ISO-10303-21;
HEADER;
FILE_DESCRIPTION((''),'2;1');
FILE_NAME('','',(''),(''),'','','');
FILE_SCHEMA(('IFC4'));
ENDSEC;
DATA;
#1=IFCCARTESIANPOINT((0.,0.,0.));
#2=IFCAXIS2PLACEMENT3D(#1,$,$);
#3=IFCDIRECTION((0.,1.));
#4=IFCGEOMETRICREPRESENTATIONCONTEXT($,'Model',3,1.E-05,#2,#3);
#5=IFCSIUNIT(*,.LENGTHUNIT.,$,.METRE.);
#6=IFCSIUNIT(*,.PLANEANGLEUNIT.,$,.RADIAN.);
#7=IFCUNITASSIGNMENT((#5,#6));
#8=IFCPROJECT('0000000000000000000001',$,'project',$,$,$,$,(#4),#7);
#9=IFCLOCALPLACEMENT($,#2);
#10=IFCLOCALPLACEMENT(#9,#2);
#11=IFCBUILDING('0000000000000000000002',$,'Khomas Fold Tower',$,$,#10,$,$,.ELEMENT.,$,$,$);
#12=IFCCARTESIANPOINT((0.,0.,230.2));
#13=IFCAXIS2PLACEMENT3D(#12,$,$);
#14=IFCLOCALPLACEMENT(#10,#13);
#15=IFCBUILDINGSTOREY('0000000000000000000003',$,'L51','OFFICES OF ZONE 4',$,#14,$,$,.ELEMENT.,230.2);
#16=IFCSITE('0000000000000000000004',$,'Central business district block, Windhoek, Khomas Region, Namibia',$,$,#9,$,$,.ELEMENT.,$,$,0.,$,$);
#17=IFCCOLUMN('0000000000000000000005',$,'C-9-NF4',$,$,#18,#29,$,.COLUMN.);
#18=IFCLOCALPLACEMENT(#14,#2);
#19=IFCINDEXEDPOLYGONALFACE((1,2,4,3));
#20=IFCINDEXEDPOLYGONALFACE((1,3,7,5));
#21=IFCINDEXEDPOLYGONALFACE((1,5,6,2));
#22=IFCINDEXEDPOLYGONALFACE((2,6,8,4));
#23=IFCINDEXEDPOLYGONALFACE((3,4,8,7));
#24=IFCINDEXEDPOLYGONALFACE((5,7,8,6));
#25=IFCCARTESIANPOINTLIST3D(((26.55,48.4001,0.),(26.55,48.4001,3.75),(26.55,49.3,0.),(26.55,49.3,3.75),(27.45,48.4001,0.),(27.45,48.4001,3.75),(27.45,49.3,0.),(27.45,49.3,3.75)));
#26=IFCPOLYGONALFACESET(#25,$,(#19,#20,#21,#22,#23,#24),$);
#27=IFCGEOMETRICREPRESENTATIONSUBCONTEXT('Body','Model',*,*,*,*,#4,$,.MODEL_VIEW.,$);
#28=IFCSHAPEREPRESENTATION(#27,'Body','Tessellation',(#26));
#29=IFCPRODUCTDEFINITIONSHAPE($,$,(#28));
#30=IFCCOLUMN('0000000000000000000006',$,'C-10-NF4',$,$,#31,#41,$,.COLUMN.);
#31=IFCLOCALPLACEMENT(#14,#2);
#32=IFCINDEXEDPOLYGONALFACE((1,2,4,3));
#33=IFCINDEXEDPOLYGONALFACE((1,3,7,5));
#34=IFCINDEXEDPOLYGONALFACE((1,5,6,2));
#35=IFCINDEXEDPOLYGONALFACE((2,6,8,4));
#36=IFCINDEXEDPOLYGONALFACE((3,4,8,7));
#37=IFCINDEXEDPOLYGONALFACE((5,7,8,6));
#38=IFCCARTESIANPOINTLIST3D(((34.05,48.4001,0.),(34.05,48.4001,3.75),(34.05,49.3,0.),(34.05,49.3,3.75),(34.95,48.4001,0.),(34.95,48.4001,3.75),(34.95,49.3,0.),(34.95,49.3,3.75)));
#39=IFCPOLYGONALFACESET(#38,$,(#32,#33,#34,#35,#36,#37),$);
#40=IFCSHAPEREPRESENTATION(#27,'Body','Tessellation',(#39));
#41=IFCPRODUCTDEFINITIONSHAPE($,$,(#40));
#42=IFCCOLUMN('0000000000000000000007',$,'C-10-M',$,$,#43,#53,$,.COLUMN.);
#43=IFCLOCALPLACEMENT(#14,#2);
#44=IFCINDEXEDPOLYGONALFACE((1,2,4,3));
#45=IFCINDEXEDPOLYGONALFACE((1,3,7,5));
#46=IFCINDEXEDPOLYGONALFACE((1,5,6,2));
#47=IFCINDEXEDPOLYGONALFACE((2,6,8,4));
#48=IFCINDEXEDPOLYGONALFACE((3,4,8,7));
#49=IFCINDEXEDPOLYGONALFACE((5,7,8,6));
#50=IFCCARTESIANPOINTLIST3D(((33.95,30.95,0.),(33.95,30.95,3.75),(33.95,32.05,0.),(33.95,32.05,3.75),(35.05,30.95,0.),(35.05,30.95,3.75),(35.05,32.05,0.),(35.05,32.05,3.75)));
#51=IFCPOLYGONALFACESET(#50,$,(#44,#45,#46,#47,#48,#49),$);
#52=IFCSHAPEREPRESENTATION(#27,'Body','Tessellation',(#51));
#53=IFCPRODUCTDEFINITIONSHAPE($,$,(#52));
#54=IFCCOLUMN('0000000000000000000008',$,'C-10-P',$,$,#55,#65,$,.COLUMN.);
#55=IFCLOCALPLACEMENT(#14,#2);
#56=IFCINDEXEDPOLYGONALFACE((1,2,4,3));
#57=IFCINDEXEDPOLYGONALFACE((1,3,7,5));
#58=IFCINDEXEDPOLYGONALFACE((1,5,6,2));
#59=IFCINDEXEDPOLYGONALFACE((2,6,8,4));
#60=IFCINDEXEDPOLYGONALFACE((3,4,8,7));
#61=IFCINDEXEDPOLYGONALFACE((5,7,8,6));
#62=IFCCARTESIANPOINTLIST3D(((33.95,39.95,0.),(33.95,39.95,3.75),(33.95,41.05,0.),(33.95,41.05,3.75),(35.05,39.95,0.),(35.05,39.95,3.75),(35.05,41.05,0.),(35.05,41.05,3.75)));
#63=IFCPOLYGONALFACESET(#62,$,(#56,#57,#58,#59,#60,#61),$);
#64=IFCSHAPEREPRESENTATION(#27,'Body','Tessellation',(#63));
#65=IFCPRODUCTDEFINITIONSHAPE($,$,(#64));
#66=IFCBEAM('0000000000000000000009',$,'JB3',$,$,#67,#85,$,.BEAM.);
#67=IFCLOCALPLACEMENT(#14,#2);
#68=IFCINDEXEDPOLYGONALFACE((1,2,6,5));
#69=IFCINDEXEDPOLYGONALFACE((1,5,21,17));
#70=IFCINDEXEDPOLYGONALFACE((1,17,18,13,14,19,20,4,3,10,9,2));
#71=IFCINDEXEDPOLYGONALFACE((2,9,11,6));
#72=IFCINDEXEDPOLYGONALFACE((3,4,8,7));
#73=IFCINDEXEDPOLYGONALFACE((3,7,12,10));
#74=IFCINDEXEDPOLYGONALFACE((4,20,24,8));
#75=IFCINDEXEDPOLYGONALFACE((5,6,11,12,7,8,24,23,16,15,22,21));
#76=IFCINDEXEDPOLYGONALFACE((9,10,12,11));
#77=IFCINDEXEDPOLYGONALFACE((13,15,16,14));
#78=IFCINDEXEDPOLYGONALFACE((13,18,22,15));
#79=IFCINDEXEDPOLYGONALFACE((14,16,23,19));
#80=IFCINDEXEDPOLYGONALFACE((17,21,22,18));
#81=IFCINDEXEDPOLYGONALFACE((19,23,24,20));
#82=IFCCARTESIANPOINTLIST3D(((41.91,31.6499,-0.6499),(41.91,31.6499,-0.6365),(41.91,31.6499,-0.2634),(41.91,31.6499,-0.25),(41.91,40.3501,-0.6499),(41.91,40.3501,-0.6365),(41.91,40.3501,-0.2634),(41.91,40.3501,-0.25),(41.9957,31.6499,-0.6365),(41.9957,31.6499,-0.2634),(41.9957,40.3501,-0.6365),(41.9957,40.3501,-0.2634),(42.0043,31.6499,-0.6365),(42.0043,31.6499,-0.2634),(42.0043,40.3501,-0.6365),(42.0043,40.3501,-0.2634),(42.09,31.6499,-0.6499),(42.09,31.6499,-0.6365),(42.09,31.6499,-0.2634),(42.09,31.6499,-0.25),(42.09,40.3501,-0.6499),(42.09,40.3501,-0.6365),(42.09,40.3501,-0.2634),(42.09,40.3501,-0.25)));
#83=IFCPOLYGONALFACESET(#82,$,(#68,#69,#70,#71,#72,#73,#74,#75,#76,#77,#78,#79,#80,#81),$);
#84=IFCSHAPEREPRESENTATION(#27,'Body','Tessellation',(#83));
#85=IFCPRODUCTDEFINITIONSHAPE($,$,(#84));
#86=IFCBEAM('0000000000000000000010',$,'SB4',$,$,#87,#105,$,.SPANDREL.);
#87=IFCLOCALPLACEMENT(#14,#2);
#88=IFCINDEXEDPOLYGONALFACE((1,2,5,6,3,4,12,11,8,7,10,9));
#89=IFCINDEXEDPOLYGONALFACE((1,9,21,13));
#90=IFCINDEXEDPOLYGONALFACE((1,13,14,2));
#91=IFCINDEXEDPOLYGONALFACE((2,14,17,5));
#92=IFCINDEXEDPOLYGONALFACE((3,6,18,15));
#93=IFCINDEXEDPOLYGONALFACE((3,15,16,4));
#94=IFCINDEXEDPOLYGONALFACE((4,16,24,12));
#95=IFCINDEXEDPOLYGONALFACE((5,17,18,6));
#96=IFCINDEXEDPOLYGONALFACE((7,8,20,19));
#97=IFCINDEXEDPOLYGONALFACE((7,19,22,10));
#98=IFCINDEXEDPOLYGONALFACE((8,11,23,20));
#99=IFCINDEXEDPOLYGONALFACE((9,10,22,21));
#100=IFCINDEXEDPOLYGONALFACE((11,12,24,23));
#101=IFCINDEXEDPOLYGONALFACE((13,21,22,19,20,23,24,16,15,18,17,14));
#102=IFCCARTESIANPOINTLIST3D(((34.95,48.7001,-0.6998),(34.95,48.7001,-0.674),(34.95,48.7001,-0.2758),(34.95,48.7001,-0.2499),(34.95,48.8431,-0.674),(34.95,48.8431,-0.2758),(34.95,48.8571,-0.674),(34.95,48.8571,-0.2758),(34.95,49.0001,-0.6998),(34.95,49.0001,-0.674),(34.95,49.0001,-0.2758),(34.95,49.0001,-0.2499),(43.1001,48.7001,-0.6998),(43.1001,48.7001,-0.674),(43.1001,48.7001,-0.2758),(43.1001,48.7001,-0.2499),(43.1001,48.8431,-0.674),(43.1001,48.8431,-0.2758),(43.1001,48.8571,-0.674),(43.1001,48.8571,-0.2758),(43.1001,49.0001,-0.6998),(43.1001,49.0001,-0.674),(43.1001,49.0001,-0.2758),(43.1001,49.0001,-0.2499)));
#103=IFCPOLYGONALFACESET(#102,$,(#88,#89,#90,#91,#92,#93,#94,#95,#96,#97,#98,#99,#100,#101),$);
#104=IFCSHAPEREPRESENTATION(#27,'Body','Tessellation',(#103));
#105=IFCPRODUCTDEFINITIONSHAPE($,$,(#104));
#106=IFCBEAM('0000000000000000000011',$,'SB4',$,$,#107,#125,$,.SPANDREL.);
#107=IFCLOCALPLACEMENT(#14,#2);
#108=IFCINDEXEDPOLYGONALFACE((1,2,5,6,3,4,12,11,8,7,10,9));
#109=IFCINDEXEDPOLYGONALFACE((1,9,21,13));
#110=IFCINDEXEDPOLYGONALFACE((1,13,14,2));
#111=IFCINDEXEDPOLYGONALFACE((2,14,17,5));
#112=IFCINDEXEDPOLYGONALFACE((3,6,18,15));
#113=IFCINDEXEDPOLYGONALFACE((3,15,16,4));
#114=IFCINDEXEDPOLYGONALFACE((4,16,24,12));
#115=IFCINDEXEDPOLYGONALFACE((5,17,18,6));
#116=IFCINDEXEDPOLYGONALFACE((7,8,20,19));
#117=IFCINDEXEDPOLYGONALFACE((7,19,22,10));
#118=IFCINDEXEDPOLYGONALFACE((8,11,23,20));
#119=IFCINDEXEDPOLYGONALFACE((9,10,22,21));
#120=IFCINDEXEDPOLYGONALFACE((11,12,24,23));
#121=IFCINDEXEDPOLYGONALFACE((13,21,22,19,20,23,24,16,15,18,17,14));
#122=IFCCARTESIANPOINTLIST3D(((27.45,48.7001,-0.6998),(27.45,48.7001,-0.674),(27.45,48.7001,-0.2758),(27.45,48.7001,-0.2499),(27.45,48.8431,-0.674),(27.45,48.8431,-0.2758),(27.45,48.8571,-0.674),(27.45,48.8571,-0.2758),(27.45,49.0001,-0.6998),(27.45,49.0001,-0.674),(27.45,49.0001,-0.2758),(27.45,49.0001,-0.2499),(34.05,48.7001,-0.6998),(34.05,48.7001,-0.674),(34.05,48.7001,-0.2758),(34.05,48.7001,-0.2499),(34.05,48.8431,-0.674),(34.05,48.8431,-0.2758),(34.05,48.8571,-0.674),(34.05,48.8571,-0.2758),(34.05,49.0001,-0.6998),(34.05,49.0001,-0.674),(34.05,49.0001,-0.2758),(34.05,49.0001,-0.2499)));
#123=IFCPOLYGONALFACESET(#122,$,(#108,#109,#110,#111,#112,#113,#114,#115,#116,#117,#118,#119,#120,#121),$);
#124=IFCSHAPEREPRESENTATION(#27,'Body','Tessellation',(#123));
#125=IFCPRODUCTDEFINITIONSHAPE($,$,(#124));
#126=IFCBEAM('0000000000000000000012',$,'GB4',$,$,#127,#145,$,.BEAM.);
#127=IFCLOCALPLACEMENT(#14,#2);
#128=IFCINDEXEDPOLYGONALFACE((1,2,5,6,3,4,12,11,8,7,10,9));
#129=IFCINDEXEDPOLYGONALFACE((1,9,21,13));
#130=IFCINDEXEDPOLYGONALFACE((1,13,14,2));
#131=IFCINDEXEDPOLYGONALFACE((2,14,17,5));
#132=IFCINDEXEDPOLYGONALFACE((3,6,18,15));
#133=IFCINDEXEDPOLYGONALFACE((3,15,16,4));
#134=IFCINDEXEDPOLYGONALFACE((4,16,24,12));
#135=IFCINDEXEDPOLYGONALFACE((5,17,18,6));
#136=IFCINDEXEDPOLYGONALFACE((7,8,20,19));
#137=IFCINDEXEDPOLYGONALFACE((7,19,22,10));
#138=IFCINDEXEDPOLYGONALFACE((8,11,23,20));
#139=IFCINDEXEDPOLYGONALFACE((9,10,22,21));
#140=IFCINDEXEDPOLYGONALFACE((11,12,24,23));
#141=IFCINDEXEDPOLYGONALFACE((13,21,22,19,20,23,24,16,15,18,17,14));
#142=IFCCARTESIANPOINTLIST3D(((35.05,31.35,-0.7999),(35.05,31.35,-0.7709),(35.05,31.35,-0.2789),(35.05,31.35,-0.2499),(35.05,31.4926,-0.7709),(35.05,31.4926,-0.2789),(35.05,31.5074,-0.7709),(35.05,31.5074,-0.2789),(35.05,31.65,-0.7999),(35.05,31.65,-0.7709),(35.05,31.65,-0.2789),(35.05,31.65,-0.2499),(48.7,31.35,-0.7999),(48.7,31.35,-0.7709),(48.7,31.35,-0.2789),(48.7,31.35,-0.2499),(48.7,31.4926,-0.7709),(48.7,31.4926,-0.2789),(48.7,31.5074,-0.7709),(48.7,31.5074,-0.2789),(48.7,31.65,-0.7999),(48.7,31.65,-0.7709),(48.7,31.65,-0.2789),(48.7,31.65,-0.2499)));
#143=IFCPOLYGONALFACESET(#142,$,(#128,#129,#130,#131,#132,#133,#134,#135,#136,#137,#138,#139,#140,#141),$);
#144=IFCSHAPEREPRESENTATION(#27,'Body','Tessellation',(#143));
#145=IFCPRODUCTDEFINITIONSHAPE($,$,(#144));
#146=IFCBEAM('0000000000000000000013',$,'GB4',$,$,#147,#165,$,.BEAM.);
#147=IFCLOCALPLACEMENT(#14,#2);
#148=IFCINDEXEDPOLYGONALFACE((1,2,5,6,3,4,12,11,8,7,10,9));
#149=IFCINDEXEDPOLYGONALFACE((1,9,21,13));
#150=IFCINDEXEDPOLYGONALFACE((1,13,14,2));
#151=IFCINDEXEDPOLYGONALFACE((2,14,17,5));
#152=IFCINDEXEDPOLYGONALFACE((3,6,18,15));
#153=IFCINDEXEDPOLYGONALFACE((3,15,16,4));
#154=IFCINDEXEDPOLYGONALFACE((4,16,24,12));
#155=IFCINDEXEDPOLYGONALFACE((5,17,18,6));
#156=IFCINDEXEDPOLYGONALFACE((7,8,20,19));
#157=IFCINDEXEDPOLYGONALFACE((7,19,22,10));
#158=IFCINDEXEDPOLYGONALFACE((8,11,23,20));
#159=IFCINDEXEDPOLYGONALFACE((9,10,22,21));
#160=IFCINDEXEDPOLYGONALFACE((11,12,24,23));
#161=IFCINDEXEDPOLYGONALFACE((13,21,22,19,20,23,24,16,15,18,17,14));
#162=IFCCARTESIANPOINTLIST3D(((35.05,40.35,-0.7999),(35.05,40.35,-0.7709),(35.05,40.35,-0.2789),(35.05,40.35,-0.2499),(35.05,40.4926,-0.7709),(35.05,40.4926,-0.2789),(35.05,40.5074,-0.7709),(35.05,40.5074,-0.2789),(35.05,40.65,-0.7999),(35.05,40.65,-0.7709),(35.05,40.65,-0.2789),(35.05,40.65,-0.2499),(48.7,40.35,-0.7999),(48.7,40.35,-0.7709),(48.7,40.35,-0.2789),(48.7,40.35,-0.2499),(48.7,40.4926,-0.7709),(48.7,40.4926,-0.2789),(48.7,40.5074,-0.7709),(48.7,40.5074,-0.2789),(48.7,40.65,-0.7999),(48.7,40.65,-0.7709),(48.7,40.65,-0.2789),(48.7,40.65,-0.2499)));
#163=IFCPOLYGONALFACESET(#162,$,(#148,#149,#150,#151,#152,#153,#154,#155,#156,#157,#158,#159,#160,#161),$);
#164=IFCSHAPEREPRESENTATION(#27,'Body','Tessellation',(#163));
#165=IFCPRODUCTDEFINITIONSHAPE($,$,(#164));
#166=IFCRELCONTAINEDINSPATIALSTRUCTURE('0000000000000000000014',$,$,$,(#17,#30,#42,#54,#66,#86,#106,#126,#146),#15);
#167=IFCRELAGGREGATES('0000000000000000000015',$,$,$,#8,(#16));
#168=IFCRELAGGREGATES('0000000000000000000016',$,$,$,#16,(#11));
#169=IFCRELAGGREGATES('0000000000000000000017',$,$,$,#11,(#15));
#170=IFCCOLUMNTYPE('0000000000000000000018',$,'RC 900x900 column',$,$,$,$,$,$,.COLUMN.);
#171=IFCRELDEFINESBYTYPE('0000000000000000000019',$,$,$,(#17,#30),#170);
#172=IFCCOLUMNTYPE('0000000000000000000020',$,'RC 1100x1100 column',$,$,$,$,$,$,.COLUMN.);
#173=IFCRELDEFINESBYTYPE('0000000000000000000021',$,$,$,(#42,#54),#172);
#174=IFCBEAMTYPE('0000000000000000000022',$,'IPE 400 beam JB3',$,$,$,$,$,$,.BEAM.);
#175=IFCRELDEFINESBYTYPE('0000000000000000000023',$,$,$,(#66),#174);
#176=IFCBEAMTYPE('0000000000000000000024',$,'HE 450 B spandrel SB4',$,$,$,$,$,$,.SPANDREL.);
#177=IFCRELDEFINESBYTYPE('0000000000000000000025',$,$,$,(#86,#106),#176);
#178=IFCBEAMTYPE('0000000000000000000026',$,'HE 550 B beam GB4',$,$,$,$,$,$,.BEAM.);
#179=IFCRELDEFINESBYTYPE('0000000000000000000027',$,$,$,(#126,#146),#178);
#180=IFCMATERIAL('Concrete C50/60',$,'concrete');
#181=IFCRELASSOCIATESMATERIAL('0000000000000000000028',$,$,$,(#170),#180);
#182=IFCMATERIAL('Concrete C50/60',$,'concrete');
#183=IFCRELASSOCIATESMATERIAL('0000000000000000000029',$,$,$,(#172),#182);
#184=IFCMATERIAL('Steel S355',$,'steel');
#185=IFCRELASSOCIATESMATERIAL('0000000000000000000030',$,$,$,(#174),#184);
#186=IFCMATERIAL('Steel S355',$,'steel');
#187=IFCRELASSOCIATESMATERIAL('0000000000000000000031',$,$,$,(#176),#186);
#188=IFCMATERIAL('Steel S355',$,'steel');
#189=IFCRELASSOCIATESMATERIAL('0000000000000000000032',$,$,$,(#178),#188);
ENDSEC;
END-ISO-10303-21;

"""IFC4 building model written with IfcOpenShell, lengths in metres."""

from ifc_helpers import new_model, si_unit, direction, frame, origin, origin_2d, place, context, subcontext, project, spatial, rectangle, i_section, extrude, source, transform, mapped, material, material_profile, profile_set, type_object, element, save


model = new_model("IFC4")

# Units and contexts
model_context = context("Model", 3, precision=1e-05, world=origin(), true_north=direction((0.0, 1.0)))
body_context = subcontext(model_context, "Body", "Model", "MODEL_VIEW")
ifc_project = project(units=[si_unit("LENGTHUNIT", "METRE"), si_unit("PLANEANGLEUNIT", "RADIAN")], contexts=[model_context])

# Site, building, storey
site_placement = place(None, origin())
site = spatial("IfcSite", under=ifc_project, at=site_placement, Name="Central business district block, Windhoek, Khomas Region, Namibia", CompositionType="ELEMENT", RefElevation=0.0)
building_placement = place(site_placement, origin())
building = spatial("IfcBuilding", under=site, at=building_placement, Name="Khomas Fold Tower", CompositionType="ELEMENT")
storey_placement = place(building_placement, frame((0.0, 0.0, 230.2)))
storey = spatial("IfcBuildingStorey", under=building, at=storey_placement, Name="L51", Description="OFFICES OF ZONE 4", CompositionType="ELEMENT", Elevation=230.2)

# Columns
ifc_material_1 = material(Name="Concrete C50/60", Category="concrete")
ifc_material_profile_1 = material_profile(ifc_material_1, rectangle(XDim=0.8999, YDim=0.8999, at=origin_2d()), Name="RC 900x900")
ifc_profile_set_1 = profile_set([ifc_material_profile_1], Name="Concrete C50/60")
column_type_1 = type_object("IfcColumnType", Name="RC 900x900 column", PredefinedType="COLUMN", material=ifc_profile_set_1)
shared_shape_1 = source(origin(), body_context, "Body", "SweptSolid", [
    extrude(rectangle(XDim=0.8999, YDim=0.8999, at=origin_2d()), origin(), (0.0, 0.0, 1.0), 3.75),
])
for number, where, z_axis, x_axis, name in (
    (1, (27.0, 48.8501, 0.0), (0.0, 0.0, 1.0), (1.0, 0.0, 0.0), "C-9-NF4"),
    (2, (34.5, 48.8501, 0.0), (0.0, 0.0, 1.0), (1.0, 0.0, 0.0), "C-10-NF4"),
):
    element("IfcColumn", number, at=place(storey_placement, frame(where, z_axis=z_axis, x_axis=x_axis)), inside=storey, type_object=column_type_1, Name=name, PredefinedType="COLUMN", context=body_context, shape_type="MappedRepresentation", body=[
        mapped(shared_shape_1, transform((0.0, 0.0, 0.0))),
    ])
ifc_material_2 = material(Name="Concrete C50/60", Category="concrete")
ifc_material_profile_2 = material_profile(ifc_material_2, rectangle(XDim=1.1001, YDim=1.1001, at=origin_2d()), Name="RC 1100x1100")
ifc_profile_set_2 = profile_set([ifc_material_profile_2], Name="Concrete C50/60")
column_type_2 = type_object("IfcColumnType", Name="RC 1100x1100 column", PredefinedType="COLUMN", material=ifc_profile_set_2)
shared_shape_2 = source(origin(), body_context, "Body", "SweptSolid", [
    extrude(rectangle(XDim=1.1001, YDim=1.1001, at=origin_2d()), origin(), (0.0, 0.0, 1.0), 3.75),
])
for number, where, z_axis, x_axis, name in (
    (3, (34.5, 31.5, 0.0), (0.0, 0.0, 1.0), (1.0, 0.0, 0.0), "C-10-M"),
    (4, (34.5, 40.5, 0.0), (0.0, 0.0, 1.0), (1.0, 0.0, 0.0), "C-10-P"),
):
    element("IfcColumn", number, at=place(storey_placement, frame(where, z_axis=z_axis, x_axis=x_axis)), inside=storey, type_object=column_type_2, Name=name, PredefinedType="COLUMN", context=body_context, shape_type="MappedRepresentation", body=[
        mapped(shared_shape_2, transform((0.0, 0.0, 0.0))),
    ])

# Beams
ifc_material_3 = material(Name="Steel S355", Category="steel")
ifc_material_profile_3 = material_profile(ifc_material_3, i_section(OverallWidth=0.1799, OverallDepth=0.3999, WebThickness=0.0085, FlangeThickness=0.0134, at=origin_2d()), Name="IPE 400")
ifc_profile_set_3 = profile_set([ifc_material_profile_3], Name="Steel S355")
beam_type_1 = type_object("IfcBeamType", Name="IPE 400 beam JB3", PredefinedType="BEAM", material=ifc_profile_set_3)
shared_shape_3 = source(origin(), body_context, "Body", "SweptSolid", [
    extrude(i_section(OverallWidth=0.1799, OverallDepth=0.3999, WebThickness=0.0085, FlangeThickness=0.0134, at=origin_2d()), origin(), (0.0, 0.0, 1.0), 8.7002),
])
beam_1_placement = place(storey_placement, frame((42.0, 31.6499, -0.45), z_axis=(0.0, 1.0, 0.0), x_axis=(-1.0, 0.0, 0.0)))
element("IfcBeam", 5, at=beam_1_placement, inside=storey, type_object=beam_type_1, Name="JB3", PredefinedType="BEAM", context=body_context, shape_type="MappedRepresentation", body=[
    mapped(shared_shape_3, transform((0.0, 0.0, 0.0))),
])
ifc_material_4 = material(Name="Steel S355", Category="steel")
ifc_material_profile_4 = material_profile(ifc_material_4, i_section(OverallWidth=0.3, OverallDepth=0.45, WebThickness=0.0139, FlangeThickness=0.0259, at=origin_2d()), Name="HE 450 B")
ifc_profile_set_4 = profile_set([ifc_material_profile_4], Name="Steel S355")
beam_type_2 = type_object("IfcBeamType", Name="HE 450 B spandrel SB4", PredefinedType="SPANDREL", material=ifc_profile_set_4)
shared_shape_4 = source(origin(), body_context, "Body", "SweptSolid", [
    extrude(i_section(OverallWidth=0.3, OverallDepth=0.45, WebThickness=0.0139, FlangeThickness=0.0259, at=origin_2d()), origin(), (0.0, 0.0, 1.0), 8.1501),
])
beam_2_placement = place(storey_placement, frame((34.95, 48.8501, -0.4749), z_axis=(1.0, 0.0, 0.0), x_axis=(0.0, 1.0, 0.0)))
element("IfcBeam", 6, at=beam_2_placement, inside=storey, type_object=beam_type_2, Name="SB4", PredefinedType="SPANDREL", context=body_context, shape_type="MappedRepresentation", body=[
    mapped(shared_shape_4, transform((0.0, 0.0, 0.0))),
])
shared_shape_5 = source(origin(), body_context, "Body", "SweptSolid", [
    extrude(i_section(OverallWidth=0.3, OverallDepth=0.45, WebThickness=0.0139, FlangeThickness=0.0259, at=origin_2d()), origin(), (0.0, 0.0, 1.0), 6.6001),
])
beam_3_placement = place(storey_placement, frame((27.45, 48.8501, -0.4749), z_axis=(1.0, 0.0, 0.0), x_axis=(0.0, 1.0, 0.0)))
element("IfcBeam", 7, at=beam_3_placement, inside=storey, type_object=beam_type_2, Name="SB4", PredefinedType="SPANDREL", context=body_context, shape_type="MappedRepresentation", body=[
    mapped(shared_shape_5, transform((0.0, 0.0, 0.0))),
])
ifc_material_5 = material(Name="Steel S355", Category="steel")
ifc_material_profile_5 = material_profile(ifc_material_5, i_section(OverallWidth=0.3, OverallDepth=0.55, WebThickness=0.0149, FlangeThickness=0.0291, at=origin_2d()), Name="HE 550 B")
ifc_profile_set_5 = profile_set([ifc_material_profile_5], Name="Steel S355")
beam_type_3 = type_object("IfcBeamType", Name="HE 550 B beam GB4", PredefinedType="BEAM", material=ifc_profile_set_5)
shared_shape_6 = source(origin(), body_context, "Body", "SweptSolid", [
    extrude(i_section(OverallWidth=0.3, OverallDepth=0.55, WebThickness=0.0149, FlangeThickness=0.0291, at=origin_2d()), origin(), (0.0, 0.0, 1.0), 13.6499),
])
for number, where, z_axis, x_axis, name in (
    (8, (35.05, 31.5, -0.5249), (1.0, 0.0, 0.0), (0.0, 1.0, 0.0), "GB4"),
    (9, (35.05, 40.5, -0.5249), (1.0, 0.0, 0.0), (0.0, 1.0, 0.0), "GB4"),
):
    element("IfcBeam", number, at=place(storey_placement, frame(where, z_axis=z_axis, x_axis=x_axis)), inside=storey, type_object=beam_type_3, Name=name, PredefinedType="BEAM", context=body_context, shape_type="MappedRepresentation", body=[
        mapped(shared_shape_6, transform((0.0, 0.0, 0.0))),
    ])

save(model, "model.ifc")
